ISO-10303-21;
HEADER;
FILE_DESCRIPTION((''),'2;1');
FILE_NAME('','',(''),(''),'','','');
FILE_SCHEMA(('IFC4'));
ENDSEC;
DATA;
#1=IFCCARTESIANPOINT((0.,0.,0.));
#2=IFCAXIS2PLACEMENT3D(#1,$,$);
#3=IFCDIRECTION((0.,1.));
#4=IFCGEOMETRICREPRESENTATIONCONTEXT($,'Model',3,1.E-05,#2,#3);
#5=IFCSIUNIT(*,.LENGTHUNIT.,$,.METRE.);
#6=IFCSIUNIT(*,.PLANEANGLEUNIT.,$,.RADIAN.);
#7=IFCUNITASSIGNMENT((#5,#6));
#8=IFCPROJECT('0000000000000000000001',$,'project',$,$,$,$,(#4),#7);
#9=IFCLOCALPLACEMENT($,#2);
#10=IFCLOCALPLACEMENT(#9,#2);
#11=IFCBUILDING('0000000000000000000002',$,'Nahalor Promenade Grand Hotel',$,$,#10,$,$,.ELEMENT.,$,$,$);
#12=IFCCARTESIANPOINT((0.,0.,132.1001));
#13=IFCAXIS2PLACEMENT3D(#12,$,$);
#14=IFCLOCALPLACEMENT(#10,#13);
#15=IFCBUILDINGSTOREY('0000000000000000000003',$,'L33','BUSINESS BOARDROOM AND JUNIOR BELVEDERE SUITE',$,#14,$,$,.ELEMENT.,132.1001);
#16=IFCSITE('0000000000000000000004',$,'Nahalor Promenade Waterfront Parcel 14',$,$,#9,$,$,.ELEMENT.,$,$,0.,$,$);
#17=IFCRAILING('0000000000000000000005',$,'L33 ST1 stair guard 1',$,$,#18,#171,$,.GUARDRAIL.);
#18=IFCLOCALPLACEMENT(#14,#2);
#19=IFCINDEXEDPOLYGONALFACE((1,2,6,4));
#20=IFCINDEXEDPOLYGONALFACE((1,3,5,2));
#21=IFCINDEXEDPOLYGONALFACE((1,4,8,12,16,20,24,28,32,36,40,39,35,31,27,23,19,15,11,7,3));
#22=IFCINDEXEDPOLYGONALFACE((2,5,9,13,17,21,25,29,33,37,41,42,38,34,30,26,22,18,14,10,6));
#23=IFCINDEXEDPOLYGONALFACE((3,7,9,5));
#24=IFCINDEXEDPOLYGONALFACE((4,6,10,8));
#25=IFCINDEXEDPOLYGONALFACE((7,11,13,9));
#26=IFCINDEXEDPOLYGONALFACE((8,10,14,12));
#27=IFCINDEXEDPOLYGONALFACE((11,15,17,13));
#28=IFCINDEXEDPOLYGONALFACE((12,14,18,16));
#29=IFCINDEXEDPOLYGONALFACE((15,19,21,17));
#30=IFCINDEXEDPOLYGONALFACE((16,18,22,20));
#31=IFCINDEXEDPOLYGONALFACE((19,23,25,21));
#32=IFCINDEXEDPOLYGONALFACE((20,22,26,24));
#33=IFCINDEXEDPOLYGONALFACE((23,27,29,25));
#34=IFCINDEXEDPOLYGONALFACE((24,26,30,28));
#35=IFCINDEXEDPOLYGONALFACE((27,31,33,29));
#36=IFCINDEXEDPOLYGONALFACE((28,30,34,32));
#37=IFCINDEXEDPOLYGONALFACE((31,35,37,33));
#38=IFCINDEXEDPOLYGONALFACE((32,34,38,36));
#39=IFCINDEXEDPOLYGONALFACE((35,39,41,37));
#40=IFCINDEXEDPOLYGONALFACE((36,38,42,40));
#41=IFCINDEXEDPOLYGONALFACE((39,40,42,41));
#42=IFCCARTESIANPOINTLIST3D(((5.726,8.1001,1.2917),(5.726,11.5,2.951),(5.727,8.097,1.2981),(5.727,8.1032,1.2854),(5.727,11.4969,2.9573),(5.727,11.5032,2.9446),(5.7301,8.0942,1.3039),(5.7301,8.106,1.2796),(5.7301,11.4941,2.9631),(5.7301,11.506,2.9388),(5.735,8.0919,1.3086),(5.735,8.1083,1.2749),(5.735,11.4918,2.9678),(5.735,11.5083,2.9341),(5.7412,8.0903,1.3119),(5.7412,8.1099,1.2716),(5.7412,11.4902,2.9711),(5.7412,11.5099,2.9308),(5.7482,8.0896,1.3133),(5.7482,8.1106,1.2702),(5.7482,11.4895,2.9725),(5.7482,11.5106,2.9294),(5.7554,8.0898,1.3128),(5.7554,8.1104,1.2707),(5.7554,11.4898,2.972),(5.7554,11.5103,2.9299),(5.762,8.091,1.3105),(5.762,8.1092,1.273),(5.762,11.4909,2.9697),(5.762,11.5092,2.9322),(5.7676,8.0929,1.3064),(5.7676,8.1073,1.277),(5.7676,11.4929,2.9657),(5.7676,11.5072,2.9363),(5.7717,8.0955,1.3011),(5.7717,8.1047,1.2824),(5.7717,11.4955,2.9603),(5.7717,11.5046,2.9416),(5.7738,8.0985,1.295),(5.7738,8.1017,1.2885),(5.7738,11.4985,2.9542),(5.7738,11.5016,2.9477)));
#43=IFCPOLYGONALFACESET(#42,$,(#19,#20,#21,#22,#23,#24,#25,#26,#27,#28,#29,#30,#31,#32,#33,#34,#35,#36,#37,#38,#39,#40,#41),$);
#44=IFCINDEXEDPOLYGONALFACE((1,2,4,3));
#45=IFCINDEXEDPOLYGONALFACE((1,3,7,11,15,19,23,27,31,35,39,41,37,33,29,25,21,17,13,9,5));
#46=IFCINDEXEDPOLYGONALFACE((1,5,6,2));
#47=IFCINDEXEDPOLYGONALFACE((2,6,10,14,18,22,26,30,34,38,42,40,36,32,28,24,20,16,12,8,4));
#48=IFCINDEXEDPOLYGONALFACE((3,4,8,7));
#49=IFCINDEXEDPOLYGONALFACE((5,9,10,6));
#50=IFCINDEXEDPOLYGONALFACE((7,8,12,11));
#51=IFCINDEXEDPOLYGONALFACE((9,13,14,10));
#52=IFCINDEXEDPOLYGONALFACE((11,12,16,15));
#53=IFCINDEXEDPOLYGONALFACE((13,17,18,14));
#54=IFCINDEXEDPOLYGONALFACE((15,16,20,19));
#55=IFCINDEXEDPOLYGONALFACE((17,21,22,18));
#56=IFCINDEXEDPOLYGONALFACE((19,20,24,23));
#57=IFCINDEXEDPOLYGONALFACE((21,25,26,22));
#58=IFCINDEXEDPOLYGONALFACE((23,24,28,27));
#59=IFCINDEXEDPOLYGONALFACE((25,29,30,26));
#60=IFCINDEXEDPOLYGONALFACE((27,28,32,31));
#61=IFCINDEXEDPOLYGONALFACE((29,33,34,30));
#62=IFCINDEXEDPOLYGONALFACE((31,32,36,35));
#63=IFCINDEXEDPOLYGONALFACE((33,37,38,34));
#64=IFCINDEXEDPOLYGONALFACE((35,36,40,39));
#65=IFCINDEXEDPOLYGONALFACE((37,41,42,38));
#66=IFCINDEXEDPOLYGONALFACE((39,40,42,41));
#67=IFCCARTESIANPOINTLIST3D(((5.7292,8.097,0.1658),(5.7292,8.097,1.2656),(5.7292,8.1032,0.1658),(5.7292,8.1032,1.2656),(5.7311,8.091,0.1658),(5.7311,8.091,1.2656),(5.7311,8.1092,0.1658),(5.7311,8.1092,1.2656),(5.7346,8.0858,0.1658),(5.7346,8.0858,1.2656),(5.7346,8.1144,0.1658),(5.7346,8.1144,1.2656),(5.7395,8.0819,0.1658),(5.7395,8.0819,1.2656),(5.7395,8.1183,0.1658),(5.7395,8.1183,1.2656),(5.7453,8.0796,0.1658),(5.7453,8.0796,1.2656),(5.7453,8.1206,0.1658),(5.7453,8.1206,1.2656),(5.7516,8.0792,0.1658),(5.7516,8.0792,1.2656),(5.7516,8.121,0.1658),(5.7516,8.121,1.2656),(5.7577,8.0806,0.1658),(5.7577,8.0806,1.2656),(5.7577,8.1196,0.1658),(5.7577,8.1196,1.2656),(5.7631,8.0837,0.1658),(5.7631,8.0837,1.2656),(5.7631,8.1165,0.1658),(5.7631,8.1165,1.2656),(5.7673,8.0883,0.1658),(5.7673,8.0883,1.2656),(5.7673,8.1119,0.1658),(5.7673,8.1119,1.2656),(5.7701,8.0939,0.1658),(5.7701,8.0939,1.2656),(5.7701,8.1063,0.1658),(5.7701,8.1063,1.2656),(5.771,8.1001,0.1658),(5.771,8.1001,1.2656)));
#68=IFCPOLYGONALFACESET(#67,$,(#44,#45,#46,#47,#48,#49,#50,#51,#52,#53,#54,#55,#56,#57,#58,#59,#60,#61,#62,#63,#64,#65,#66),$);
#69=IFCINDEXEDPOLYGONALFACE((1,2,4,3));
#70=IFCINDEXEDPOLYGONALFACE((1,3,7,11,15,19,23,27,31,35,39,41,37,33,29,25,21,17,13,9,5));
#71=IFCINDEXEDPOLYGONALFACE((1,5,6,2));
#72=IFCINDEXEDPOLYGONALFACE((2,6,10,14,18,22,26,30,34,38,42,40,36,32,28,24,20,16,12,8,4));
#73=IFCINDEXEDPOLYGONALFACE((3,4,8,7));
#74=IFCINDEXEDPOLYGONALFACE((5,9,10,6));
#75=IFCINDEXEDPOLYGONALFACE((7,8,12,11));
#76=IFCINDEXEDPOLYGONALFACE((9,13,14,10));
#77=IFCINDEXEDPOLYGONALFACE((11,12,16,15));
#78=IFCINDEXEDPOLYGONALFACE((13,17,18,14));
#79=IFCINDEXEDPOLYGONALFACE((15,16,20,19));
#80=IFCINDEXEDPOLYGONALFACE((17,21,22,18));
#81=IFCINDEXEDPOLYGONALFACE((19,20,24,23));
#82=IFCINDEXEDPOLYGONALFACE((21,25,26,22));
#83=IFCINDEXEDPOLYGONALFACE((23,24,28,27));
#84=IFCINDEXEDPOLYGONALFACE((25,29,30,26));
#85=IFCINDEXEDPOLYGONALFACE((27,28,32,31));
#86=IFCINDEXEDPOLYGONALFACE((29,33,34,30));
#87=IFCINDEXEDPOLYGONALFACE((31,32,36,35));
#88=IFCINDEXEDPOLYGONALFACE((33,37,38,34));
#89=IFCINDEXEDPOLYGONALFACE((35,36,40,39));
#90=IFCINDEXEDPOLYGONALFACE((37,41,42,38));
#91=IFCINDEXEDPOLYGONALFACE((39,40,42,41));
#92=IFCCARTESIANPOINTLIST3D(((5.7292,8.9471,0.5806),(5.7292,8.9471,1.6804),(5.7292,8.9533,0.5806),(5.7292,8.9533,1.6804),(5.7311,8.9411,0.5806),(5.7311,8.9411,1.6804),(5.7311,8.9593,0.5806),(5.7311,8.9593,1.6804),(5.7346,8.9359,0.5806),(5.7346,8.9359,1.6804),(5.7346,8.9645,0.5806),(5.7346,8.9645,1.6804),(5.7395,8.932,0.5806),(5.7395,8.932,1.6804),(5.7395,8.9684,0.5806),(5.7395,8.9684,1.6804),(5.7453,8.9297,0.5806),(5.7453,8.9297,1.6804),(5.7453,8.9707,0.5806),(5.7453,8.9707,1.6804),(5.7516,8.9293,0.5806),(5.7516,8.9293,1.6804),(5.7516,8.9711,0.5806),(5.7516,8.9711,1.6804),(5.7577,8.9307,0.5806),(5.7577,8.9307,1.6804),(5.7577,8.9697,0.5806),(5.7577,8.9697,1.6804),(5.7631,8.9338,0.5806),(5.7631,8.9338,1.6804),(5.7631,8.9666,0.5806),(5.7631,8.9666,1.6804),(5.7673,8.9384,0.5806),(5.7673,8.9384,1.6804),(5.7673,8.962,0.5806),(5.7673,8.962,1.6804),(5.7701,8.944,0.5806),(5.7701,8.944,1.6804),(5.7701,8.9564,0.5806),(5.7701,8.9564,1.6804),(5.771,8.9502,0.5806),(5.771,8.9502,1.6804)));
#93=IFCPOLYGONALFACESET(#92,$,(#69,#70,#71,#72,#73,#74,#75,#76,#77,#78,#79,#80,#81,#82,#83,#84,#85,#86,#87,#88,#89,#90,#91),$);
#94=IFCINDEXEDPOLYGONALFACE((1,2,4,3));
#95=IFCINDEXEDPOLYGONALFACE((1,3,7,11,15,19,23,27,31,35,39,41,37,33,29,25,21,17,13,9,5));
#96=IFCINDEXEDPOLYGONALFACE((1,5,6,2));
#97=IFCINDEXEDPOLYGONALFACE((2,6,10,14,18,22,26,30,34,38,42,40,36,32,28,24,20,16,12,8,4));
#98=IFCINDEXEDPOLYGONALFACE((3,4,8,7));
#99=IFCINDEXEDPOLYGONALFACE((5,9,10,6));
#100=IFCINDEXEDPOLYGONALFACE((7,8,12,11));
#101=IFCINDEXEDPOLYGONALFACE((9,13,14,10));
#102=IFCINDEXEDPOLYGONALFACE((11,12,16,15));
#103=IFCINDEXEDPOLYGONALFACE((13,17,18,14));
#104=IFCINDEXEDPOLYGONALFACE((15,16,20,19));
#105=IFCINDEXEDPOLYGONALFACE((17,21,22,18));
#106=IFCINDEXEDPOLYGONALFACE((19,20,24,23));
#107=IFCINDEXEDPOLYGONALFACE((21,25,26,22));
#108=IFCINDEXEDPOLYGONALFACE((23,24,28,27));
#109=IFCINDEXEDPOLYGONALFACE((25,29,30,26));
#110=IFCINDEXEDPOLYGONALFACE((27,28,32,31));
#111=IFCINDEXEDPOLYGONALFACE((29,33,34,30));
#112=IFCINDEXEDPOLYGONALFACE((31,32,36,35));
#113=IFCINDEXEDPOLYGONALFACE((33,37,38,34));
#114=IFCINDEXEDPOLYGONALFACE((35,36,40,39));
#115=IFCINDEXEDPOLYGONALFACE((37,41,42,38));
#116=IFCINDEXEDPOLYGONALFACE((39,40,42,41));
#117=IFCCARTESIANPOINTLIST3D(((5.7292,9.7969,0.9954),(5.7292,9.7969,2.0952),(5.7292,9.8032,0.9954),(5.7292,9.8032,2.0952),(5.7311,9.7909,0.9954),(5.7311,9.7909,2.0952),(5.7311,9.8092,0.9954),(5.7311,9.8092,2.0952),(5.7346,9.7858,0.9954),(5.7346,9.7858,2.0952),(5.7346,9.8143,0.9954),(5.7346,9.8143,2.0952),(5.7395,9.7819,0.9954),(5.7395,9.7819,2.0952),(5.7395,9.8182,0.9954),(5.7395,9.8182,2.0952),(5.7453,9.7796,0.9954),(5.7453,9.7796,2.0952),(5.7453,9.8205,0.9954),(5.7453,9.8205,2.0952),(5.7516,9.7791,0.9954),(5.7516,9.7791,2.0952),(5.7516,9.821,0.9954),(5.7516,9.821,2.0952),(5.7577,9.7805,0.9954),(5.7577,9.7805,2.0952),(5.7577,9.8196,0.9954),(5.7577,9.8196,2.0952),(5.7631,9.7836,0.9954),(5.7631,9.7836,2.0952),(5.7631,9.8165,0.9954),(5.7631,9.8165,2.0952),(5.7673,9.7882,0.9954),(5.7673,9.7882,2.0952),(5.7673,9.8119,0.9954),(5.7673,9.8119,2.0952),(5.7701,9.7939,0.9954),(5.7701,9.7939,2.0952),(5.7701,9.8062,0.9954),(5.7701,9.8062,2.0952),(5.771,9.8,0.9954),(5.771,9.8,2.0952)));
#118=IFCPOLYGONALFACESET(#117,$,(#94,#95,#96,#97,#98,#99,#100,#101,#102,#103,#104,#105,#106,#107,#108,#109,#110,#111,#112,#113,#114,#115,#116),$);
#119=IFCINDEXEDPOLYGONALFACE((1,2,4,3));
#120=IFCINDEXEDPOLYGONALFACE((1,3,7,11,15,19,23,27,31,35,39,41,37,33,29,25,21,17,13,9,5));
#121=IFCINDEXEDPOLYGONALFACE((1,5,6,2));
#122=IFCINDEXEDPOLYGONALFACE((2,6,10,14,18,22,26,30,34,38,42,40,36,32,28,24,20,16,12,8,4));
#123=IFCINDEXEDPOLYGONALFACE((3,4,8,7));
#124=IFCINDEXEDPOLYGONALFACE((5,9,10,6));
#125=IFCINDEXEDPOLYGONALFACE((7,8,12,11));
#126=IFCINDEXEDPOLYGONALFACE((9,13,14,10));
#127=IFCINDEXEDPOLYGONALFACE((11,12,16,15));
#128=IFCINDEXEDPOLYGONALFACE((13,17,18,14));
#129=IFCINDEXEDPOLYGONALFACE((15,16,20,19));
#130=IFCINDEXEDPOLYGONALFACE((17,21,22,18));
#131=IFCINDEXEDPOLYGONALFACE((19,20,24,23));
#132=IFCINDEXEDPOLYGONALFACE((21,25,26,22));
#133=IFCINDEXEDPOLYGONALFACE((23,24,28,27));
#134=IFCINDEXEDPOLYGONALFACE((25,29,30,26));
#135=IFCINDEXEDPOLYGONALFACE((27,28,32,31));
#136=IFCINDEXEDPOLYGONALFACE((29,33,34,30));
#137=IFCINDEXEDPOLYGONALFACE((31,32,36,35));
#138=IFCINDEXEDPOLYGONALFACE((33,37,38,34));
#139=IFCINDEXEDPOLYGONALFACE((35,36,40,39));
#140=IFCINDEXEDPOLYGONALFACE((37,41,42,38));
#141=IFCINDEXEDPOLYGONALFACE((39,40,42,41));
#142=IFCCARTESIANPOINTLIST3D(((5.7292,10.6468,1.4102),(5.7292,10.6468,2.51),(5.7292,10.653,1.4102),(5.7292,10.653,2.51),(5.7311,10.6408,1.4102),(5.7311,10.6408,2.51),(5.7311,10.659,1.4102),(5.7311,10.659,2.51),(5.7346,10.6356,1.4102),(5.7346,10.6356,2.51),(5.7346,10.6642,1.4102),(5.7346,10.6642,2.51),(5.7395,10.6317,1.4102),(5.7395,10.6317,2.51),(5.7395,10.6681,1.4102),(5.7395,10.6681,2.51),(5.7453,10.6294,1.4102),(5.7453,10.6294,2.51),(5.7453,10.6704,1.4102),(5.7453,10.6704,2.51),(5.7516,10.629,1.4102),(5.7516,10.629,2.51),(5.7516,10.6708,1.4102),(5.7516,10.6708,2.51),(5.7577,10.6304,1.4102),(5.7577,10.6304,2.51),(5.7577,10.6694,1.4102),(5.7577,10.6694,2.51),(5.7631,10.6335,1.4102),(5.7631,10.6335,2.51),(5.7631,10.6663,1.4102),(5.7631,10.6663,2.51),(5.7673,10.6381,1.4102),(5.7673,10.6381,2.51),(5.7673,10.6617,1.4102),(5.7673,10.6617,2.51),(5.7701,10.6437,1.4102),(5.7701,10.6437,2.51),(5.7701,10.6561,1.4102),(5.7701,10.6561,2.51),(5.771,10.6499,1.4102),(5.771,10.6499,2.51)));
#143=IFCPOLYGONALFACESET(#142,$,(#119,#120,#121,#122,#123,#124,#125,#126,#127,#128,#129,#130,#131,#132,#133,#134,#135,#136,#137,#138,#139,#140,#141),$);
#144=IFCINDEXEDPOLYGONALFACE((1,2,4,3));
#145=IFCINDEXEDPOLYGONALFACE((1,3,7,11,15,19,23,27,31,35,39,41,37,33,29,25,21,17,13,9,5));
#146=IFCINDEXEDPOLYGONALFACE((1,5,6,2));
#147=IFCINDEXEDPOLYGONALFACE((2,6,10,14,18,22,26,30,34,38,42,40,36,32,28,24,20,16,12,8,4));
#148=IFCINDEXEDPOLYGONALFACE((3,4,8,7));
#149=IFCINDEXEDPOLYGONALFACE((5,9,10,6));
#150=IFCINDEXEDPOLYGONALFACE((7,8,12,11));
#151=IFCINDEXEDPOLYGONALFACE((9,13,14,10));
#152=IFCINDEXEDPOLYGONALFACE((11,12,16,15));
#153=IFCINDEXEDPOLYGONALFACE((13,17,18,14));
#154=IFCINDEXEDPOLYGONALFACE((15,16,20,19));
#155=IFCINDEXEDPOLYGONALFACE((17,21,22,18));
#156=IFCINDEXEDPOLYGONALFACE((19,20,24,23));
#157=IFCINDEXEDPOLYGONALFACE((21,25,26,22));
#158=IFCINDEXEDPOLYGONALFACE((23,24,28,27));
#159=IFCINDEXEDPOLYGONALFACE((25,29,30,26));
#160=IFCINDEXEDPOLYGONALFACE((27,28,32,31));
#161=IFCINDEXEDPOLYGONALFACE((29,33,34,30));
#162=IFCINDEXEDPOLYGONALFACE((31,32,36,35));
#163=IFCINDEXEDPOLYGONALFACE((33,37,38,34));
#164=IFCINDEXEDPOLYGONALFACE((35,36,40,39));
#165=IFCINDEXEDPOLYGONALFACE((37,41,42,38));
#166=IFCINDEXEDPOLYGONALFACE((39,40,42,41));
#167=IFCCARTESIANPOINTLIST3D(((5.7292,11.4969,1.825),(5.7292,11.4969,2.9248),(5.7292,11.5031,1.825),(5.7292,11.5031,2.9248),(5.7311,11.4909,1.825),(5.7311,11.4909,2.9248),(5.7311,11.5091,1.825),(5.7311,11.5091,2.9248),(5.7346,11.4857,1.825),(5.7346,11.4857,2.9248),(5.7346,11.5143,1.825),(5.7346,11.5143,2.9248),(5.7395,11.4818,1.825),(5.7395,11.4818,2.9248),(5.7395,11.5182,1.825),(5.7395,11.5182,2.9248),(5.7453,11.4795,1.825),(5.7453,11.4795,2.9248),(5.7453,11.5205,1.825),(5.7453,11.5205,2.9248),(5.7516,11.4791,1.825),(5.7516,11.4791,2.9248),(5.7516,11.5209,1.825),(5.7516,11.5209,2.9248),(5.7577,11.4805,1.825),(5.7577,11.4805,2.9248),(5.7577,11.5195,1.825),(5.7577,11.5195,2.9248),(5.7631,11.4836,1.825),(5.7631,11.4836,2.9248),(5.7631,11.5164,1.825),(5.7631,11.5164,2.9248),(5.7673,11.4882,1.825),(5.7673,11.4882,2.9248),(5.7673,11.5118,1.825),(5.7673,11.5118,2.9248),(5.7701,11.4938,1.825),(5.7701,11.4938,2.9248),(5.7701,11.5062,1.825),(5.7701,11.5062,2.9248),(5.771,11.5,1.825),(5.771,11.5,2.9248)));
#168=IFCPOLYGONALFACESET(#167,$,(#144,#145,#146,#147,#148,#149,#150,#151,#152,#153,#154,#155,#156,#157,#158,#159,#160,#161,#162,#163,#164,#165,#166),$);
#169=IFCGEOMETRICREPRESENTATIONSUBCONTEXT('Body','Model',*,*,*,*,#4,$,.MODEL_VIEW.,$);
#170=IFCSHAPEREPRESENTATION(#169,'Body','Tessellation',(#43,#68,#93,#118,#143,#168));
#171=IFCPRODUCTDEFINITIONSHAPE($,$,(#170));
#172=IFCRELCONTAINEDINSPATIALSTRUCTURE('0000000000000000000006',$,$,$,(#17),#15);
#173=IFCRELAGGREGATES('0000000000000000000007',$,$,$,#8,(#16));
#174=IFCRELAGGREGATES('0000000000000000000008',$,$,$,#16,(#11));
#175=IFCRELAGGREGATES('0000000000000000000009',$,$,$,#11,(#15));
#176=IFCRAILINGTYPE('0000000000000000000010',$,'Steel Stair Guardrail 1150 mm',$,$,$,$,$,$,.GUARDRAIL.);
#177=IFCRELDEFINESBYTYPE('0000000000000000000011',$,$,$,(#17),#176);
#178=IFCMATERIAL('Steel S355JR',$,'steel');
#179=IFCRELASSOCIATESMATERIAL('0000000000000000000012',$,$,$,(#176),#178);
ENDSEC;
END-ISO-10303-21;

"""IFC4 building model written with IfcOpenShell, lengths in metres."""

from ifc_helpers import new_model, si_unit, direction, frame, origin, origin_2d, place, context, subcontext, project, spatial, circle, extrude, material, type_object, element, save


model = new_model("IFC4")

# Units and contexts
model_context = context("Model", 3, precision=1e-05, world=origin(), true_north=direction((0.0, 1.0)))
body_context = subcontext(model_context, "Body", "Model", "MODEL_VIEW")
ifc_project = project(units=[si_unit("LENGTHUNIT", "METRE"), si_unit("PLANEANGLEUNIT", "RADIAN")], contexts=[model_context])

# Site, building, storey
site_placement = place(None, origin())
site = spatial("IfcSite", under=ifc_project, at=site_placement, Name="Nahalor Promenade Waterfront Parcel 14", CompositionType="ELEMENT", RefElevation=0.0)
building_placement = place(site_placement, origin())
building = spatial("IfcBuilding", under=site, at=building_placement, Name="Nahalor Promenade Grand Hotel", CompositionType="ELEMENT")
storey_placement = place(building_placement, frame((0.0, 0.0, 132.1001)))
storey = spatial("IfcBuildingStorey", under=building, at=storey_placement, Name="L33", Description="BUSINESS BOARDROOM AND JUNIOR BELVEDERE SUITE", CompositionType="ELEMENT", Elevation=132.1001)

# Shared definitions
ifc_material_1 = material(Name="Steel S355JR", Category="steel")

# Railing
railing_type_1 = type_object("IfcRailingType", Name="Steel Stair Guardrail 1150 mm", PredefinedType="GUARDRAIL", material=ifc_material_1)
railing_1_placement = place(storey_placement, frame((5.75, 8.1001, 0.1658)))
element("IfcRailing", 1, at=railing_1_placement, inside=storey, type_object=railing_type_1, Name="L33 ST1 stair guard 1", PredefinedType="GUARDRAIL", context=body_context, shape_type="SweptSolid", body=[
    extrude(circle(Radius=0.024, at=origin_2d()), frame((0.0, 0.0, 1.126), z_axis=(0.0, 0.898696, 0.438571), x_axis=(-1.0, 0.0, 0.0)), (0.0, 0.0, 1.0), 3.7832),
    extrude(circle(Radius=0.021, at=origin_2d()), origin(), (0.0, 0.0, 1.0), 1.0999),
    extrude(circle(Radius=0.021, at=origin_2d()), frame((0.0, 0.8501, 0.4148)), (0.0, 0.0, 1.0), 1.0999),
    extrude(circle(Radius=0.021, at=origin_2d()), frame((0.0, 1.7, 0.8296)), (0.0, 0.0, 1.0), 1.0999),
    extrude(circle(Radius=0.021, at=origin_2d()), frame((0.0, 2.5498, 1.2444)), (0.0, 0.0, 1.0), 1.0999),
    extrude(circle(Radius=0.021, at=origin_2d()), frame((0.0, 3.3999, 1.6592)), (0.0, 0.0, 1.0), 1.0999),
])

save(model, "model.ifc")
